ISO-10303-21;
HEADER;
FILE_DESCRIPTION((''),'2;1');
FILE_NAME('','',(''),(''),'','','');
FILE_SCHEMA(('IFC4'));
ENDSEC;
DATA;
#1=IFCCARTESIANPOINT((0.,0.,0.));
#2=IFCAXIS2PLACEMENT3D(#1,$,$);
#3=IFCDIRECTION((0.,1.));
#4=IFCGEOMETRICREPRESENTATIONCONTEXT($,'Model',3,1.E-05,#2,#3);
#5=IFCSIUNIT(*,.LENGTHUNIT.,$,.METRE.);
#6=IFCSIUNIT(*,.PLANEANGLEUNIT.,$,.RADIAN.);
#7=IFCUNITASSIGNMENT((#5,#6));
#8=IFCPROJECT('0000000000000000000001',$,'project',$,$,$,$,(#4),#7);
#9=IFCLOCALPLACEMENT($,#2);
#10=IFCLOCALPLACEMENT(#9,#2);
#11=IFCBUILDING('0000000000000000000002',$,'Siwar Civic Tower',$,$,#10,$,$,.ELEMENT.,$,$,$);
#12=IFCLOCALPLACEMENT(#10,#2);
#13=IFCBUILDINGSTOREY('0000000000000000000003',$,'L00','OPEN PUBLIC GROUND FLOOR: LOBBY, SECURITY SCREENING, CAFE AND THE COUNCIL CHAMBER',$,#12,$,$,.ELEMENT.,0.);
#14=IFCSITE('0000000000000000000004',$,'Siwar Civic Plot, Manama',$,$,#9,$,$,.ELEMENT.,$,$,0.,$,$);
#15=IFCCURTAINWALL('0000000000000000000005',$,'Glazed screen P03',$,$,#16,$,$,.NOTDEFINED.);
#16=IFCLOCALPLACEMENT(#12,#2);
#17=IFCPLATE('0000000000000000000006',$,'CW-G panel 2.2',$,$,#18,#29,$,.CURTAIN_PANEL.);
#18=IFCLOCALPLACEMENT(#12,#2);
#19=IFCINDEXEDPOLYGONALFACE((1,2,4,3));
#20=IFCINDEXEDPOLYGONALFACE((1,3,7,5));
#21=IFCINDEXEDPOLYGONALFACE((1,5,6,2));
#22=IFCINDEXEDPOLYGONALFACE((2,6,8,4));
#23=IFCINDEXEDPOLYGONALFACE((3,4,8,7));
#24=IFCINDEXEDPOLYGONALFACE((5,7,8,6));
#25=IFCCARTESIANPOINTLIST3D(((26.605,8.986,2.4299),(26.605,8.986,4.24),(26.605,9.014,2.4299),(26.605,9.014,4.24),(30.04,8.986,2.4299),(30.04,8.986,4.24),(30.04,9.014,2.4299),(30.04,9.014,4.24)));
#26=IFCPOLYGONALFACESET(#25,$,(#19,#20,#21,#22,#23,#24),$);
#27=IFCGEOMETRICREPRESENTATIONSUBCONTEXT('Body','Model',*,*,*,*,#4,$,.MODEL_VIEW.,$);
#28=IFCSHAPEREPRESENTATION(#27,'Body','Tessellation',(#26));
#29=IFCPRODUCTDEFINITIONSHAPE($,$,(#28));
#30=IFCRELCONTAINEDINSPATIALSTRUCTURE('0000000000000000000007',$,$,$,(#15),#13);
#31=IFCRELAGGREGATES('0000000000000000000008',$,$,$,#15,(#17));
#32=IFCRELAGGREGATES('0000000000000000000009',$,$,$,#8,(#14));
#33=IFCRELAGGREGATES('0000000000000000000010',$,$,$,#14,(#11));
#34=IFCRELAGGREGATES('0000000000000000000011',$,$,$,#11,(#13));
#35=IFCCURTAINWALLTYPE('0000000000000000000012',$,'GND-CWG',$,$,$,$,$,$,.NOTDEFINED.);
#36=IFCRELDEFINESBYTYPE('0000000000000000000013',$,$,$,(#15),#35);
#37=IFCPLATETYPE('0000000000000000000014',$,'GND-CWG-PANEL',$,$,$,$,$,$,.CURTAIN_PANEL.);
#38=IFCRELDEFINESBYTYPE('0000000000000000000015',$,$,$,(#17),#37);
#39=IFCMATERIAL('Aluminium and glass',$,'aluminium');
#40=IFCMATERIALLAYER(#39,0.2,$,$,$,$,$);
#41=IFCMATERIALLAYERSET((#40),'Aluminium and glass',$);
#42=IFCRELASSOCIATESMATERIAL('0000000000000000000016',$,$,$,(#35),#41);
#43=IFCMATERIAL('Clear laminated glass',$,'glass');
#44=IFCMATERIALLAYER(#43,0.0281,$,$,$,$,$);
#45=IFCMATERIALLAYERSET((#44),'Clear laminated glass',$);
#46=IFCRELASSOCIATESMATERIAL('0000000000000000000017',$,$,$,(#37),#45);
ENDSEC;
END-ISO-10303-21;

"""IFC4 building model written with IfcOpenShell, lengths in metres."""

from ifc_helpers import new_model, si_unit, direction, frame, origin, origin_2d, place, context, subcontext, project, spatial, rectangle, extrude, material, layer, layer_set, type_object, element, aggregate, save


model = new_model("IFC4")

# Units and contexts
model_context = context("Model", 3, precision=1e-05, world=origin(), true_north=direction((0.0, 1.0)))
body_context = subcontext(model_context, "Body", "Model", "MODEL_VIEW")
ifc_project = project(units=[si_unit("LENGTHUNIT", "METRE"), si_unit("PLANEANGLEUNIT", "RADIAN")], contexts=[model_context])

# Site, building, storey
site_placement = place(None, origin())
site = spatial("IfcSite", under=ifc_project, at=site_placement, Name="Siwar Civic Plot, Manama", CompositionType="ELEMENT", RefElevation=0.0)
building_placement = place(site_placement, origin())
building = spatial("IfcBuilding", under=site, at=building_placement, Name="Siwar Civic Tower", CompositionType="ELEMENT")
storey_placement = place(building_placement, origin())
storey = spatial("IfcBuildingStorey", under=building, at=storey_placement, Name="L00", Description="OPEN PUBLIC GROUND FLOOR: LOBBY, SECURITY SCREENING, CAFE AND THE COUNCIL CHAMBER", CompositionType="ELEMENT", Elevation=0.0)

# Curtain wall
ifc_material_1 = material(Name="Aluminium and glass", Category="aluminium")
ifc_layer_1 = layer(ifc_material_1, 0.2)
ifc_layer_set_1 = layer_set([ifc_layer_1], Name="Aluminium and glass")
curtain_wall_type = type_object("IfcCurtainWallType", Name="GND-CWG", PredefinedType="NOTDEFINED", material=ifc_layer_set_1)
curtain_wall_1_placement = place(storey_placement, origin())
curtain_wall_1 = element("IfcCurtainWall", 1, at=curtain_wall_1_placement, inside=storey, type_object=curtain_wall_type, Name="Glazed screen P03", PredefinedType="NOTDEFINED")

# Plate
ifc_material_2 = material(Name="Clear laminated glass", Category="glass")
ifc_layer_2 = layer(ifc_material_2, 0.0281)
ifc_layer_set_2 = layer_set([ifc_layer_2], Name="Clear laminated glass")
plate_type = type_object("IfcPlateType", Name="GND-CWG-PANEL", PredefinedType="CURTAIN_PANEL", material=ifc_layer_set_2)
plate_1_placement = place(storey_placement, frame((28.3225, 9.0, 2.4299), z_axis=(0.0, 0.0, 1.0), x_axis=(1.0, 0.0, 0.0)))
plate_1 = element("IfcPlate", 2, at=plate_1_placement, type_object=plate_type, Name="CW-G panel 2.2", PredefinedType="CURTAIN_PANEL", context=body_context, shape_type="SweptSolid", body=[
    extrude(rectangle(XDim=3.4351, YDim=0.0281, at=origin_2d()), origin(), (0.0, 0.0, 1.0), 1.8101),
])
aggregate(curtain_wall_1, [plate_1])

save(model, "model.ifc")
